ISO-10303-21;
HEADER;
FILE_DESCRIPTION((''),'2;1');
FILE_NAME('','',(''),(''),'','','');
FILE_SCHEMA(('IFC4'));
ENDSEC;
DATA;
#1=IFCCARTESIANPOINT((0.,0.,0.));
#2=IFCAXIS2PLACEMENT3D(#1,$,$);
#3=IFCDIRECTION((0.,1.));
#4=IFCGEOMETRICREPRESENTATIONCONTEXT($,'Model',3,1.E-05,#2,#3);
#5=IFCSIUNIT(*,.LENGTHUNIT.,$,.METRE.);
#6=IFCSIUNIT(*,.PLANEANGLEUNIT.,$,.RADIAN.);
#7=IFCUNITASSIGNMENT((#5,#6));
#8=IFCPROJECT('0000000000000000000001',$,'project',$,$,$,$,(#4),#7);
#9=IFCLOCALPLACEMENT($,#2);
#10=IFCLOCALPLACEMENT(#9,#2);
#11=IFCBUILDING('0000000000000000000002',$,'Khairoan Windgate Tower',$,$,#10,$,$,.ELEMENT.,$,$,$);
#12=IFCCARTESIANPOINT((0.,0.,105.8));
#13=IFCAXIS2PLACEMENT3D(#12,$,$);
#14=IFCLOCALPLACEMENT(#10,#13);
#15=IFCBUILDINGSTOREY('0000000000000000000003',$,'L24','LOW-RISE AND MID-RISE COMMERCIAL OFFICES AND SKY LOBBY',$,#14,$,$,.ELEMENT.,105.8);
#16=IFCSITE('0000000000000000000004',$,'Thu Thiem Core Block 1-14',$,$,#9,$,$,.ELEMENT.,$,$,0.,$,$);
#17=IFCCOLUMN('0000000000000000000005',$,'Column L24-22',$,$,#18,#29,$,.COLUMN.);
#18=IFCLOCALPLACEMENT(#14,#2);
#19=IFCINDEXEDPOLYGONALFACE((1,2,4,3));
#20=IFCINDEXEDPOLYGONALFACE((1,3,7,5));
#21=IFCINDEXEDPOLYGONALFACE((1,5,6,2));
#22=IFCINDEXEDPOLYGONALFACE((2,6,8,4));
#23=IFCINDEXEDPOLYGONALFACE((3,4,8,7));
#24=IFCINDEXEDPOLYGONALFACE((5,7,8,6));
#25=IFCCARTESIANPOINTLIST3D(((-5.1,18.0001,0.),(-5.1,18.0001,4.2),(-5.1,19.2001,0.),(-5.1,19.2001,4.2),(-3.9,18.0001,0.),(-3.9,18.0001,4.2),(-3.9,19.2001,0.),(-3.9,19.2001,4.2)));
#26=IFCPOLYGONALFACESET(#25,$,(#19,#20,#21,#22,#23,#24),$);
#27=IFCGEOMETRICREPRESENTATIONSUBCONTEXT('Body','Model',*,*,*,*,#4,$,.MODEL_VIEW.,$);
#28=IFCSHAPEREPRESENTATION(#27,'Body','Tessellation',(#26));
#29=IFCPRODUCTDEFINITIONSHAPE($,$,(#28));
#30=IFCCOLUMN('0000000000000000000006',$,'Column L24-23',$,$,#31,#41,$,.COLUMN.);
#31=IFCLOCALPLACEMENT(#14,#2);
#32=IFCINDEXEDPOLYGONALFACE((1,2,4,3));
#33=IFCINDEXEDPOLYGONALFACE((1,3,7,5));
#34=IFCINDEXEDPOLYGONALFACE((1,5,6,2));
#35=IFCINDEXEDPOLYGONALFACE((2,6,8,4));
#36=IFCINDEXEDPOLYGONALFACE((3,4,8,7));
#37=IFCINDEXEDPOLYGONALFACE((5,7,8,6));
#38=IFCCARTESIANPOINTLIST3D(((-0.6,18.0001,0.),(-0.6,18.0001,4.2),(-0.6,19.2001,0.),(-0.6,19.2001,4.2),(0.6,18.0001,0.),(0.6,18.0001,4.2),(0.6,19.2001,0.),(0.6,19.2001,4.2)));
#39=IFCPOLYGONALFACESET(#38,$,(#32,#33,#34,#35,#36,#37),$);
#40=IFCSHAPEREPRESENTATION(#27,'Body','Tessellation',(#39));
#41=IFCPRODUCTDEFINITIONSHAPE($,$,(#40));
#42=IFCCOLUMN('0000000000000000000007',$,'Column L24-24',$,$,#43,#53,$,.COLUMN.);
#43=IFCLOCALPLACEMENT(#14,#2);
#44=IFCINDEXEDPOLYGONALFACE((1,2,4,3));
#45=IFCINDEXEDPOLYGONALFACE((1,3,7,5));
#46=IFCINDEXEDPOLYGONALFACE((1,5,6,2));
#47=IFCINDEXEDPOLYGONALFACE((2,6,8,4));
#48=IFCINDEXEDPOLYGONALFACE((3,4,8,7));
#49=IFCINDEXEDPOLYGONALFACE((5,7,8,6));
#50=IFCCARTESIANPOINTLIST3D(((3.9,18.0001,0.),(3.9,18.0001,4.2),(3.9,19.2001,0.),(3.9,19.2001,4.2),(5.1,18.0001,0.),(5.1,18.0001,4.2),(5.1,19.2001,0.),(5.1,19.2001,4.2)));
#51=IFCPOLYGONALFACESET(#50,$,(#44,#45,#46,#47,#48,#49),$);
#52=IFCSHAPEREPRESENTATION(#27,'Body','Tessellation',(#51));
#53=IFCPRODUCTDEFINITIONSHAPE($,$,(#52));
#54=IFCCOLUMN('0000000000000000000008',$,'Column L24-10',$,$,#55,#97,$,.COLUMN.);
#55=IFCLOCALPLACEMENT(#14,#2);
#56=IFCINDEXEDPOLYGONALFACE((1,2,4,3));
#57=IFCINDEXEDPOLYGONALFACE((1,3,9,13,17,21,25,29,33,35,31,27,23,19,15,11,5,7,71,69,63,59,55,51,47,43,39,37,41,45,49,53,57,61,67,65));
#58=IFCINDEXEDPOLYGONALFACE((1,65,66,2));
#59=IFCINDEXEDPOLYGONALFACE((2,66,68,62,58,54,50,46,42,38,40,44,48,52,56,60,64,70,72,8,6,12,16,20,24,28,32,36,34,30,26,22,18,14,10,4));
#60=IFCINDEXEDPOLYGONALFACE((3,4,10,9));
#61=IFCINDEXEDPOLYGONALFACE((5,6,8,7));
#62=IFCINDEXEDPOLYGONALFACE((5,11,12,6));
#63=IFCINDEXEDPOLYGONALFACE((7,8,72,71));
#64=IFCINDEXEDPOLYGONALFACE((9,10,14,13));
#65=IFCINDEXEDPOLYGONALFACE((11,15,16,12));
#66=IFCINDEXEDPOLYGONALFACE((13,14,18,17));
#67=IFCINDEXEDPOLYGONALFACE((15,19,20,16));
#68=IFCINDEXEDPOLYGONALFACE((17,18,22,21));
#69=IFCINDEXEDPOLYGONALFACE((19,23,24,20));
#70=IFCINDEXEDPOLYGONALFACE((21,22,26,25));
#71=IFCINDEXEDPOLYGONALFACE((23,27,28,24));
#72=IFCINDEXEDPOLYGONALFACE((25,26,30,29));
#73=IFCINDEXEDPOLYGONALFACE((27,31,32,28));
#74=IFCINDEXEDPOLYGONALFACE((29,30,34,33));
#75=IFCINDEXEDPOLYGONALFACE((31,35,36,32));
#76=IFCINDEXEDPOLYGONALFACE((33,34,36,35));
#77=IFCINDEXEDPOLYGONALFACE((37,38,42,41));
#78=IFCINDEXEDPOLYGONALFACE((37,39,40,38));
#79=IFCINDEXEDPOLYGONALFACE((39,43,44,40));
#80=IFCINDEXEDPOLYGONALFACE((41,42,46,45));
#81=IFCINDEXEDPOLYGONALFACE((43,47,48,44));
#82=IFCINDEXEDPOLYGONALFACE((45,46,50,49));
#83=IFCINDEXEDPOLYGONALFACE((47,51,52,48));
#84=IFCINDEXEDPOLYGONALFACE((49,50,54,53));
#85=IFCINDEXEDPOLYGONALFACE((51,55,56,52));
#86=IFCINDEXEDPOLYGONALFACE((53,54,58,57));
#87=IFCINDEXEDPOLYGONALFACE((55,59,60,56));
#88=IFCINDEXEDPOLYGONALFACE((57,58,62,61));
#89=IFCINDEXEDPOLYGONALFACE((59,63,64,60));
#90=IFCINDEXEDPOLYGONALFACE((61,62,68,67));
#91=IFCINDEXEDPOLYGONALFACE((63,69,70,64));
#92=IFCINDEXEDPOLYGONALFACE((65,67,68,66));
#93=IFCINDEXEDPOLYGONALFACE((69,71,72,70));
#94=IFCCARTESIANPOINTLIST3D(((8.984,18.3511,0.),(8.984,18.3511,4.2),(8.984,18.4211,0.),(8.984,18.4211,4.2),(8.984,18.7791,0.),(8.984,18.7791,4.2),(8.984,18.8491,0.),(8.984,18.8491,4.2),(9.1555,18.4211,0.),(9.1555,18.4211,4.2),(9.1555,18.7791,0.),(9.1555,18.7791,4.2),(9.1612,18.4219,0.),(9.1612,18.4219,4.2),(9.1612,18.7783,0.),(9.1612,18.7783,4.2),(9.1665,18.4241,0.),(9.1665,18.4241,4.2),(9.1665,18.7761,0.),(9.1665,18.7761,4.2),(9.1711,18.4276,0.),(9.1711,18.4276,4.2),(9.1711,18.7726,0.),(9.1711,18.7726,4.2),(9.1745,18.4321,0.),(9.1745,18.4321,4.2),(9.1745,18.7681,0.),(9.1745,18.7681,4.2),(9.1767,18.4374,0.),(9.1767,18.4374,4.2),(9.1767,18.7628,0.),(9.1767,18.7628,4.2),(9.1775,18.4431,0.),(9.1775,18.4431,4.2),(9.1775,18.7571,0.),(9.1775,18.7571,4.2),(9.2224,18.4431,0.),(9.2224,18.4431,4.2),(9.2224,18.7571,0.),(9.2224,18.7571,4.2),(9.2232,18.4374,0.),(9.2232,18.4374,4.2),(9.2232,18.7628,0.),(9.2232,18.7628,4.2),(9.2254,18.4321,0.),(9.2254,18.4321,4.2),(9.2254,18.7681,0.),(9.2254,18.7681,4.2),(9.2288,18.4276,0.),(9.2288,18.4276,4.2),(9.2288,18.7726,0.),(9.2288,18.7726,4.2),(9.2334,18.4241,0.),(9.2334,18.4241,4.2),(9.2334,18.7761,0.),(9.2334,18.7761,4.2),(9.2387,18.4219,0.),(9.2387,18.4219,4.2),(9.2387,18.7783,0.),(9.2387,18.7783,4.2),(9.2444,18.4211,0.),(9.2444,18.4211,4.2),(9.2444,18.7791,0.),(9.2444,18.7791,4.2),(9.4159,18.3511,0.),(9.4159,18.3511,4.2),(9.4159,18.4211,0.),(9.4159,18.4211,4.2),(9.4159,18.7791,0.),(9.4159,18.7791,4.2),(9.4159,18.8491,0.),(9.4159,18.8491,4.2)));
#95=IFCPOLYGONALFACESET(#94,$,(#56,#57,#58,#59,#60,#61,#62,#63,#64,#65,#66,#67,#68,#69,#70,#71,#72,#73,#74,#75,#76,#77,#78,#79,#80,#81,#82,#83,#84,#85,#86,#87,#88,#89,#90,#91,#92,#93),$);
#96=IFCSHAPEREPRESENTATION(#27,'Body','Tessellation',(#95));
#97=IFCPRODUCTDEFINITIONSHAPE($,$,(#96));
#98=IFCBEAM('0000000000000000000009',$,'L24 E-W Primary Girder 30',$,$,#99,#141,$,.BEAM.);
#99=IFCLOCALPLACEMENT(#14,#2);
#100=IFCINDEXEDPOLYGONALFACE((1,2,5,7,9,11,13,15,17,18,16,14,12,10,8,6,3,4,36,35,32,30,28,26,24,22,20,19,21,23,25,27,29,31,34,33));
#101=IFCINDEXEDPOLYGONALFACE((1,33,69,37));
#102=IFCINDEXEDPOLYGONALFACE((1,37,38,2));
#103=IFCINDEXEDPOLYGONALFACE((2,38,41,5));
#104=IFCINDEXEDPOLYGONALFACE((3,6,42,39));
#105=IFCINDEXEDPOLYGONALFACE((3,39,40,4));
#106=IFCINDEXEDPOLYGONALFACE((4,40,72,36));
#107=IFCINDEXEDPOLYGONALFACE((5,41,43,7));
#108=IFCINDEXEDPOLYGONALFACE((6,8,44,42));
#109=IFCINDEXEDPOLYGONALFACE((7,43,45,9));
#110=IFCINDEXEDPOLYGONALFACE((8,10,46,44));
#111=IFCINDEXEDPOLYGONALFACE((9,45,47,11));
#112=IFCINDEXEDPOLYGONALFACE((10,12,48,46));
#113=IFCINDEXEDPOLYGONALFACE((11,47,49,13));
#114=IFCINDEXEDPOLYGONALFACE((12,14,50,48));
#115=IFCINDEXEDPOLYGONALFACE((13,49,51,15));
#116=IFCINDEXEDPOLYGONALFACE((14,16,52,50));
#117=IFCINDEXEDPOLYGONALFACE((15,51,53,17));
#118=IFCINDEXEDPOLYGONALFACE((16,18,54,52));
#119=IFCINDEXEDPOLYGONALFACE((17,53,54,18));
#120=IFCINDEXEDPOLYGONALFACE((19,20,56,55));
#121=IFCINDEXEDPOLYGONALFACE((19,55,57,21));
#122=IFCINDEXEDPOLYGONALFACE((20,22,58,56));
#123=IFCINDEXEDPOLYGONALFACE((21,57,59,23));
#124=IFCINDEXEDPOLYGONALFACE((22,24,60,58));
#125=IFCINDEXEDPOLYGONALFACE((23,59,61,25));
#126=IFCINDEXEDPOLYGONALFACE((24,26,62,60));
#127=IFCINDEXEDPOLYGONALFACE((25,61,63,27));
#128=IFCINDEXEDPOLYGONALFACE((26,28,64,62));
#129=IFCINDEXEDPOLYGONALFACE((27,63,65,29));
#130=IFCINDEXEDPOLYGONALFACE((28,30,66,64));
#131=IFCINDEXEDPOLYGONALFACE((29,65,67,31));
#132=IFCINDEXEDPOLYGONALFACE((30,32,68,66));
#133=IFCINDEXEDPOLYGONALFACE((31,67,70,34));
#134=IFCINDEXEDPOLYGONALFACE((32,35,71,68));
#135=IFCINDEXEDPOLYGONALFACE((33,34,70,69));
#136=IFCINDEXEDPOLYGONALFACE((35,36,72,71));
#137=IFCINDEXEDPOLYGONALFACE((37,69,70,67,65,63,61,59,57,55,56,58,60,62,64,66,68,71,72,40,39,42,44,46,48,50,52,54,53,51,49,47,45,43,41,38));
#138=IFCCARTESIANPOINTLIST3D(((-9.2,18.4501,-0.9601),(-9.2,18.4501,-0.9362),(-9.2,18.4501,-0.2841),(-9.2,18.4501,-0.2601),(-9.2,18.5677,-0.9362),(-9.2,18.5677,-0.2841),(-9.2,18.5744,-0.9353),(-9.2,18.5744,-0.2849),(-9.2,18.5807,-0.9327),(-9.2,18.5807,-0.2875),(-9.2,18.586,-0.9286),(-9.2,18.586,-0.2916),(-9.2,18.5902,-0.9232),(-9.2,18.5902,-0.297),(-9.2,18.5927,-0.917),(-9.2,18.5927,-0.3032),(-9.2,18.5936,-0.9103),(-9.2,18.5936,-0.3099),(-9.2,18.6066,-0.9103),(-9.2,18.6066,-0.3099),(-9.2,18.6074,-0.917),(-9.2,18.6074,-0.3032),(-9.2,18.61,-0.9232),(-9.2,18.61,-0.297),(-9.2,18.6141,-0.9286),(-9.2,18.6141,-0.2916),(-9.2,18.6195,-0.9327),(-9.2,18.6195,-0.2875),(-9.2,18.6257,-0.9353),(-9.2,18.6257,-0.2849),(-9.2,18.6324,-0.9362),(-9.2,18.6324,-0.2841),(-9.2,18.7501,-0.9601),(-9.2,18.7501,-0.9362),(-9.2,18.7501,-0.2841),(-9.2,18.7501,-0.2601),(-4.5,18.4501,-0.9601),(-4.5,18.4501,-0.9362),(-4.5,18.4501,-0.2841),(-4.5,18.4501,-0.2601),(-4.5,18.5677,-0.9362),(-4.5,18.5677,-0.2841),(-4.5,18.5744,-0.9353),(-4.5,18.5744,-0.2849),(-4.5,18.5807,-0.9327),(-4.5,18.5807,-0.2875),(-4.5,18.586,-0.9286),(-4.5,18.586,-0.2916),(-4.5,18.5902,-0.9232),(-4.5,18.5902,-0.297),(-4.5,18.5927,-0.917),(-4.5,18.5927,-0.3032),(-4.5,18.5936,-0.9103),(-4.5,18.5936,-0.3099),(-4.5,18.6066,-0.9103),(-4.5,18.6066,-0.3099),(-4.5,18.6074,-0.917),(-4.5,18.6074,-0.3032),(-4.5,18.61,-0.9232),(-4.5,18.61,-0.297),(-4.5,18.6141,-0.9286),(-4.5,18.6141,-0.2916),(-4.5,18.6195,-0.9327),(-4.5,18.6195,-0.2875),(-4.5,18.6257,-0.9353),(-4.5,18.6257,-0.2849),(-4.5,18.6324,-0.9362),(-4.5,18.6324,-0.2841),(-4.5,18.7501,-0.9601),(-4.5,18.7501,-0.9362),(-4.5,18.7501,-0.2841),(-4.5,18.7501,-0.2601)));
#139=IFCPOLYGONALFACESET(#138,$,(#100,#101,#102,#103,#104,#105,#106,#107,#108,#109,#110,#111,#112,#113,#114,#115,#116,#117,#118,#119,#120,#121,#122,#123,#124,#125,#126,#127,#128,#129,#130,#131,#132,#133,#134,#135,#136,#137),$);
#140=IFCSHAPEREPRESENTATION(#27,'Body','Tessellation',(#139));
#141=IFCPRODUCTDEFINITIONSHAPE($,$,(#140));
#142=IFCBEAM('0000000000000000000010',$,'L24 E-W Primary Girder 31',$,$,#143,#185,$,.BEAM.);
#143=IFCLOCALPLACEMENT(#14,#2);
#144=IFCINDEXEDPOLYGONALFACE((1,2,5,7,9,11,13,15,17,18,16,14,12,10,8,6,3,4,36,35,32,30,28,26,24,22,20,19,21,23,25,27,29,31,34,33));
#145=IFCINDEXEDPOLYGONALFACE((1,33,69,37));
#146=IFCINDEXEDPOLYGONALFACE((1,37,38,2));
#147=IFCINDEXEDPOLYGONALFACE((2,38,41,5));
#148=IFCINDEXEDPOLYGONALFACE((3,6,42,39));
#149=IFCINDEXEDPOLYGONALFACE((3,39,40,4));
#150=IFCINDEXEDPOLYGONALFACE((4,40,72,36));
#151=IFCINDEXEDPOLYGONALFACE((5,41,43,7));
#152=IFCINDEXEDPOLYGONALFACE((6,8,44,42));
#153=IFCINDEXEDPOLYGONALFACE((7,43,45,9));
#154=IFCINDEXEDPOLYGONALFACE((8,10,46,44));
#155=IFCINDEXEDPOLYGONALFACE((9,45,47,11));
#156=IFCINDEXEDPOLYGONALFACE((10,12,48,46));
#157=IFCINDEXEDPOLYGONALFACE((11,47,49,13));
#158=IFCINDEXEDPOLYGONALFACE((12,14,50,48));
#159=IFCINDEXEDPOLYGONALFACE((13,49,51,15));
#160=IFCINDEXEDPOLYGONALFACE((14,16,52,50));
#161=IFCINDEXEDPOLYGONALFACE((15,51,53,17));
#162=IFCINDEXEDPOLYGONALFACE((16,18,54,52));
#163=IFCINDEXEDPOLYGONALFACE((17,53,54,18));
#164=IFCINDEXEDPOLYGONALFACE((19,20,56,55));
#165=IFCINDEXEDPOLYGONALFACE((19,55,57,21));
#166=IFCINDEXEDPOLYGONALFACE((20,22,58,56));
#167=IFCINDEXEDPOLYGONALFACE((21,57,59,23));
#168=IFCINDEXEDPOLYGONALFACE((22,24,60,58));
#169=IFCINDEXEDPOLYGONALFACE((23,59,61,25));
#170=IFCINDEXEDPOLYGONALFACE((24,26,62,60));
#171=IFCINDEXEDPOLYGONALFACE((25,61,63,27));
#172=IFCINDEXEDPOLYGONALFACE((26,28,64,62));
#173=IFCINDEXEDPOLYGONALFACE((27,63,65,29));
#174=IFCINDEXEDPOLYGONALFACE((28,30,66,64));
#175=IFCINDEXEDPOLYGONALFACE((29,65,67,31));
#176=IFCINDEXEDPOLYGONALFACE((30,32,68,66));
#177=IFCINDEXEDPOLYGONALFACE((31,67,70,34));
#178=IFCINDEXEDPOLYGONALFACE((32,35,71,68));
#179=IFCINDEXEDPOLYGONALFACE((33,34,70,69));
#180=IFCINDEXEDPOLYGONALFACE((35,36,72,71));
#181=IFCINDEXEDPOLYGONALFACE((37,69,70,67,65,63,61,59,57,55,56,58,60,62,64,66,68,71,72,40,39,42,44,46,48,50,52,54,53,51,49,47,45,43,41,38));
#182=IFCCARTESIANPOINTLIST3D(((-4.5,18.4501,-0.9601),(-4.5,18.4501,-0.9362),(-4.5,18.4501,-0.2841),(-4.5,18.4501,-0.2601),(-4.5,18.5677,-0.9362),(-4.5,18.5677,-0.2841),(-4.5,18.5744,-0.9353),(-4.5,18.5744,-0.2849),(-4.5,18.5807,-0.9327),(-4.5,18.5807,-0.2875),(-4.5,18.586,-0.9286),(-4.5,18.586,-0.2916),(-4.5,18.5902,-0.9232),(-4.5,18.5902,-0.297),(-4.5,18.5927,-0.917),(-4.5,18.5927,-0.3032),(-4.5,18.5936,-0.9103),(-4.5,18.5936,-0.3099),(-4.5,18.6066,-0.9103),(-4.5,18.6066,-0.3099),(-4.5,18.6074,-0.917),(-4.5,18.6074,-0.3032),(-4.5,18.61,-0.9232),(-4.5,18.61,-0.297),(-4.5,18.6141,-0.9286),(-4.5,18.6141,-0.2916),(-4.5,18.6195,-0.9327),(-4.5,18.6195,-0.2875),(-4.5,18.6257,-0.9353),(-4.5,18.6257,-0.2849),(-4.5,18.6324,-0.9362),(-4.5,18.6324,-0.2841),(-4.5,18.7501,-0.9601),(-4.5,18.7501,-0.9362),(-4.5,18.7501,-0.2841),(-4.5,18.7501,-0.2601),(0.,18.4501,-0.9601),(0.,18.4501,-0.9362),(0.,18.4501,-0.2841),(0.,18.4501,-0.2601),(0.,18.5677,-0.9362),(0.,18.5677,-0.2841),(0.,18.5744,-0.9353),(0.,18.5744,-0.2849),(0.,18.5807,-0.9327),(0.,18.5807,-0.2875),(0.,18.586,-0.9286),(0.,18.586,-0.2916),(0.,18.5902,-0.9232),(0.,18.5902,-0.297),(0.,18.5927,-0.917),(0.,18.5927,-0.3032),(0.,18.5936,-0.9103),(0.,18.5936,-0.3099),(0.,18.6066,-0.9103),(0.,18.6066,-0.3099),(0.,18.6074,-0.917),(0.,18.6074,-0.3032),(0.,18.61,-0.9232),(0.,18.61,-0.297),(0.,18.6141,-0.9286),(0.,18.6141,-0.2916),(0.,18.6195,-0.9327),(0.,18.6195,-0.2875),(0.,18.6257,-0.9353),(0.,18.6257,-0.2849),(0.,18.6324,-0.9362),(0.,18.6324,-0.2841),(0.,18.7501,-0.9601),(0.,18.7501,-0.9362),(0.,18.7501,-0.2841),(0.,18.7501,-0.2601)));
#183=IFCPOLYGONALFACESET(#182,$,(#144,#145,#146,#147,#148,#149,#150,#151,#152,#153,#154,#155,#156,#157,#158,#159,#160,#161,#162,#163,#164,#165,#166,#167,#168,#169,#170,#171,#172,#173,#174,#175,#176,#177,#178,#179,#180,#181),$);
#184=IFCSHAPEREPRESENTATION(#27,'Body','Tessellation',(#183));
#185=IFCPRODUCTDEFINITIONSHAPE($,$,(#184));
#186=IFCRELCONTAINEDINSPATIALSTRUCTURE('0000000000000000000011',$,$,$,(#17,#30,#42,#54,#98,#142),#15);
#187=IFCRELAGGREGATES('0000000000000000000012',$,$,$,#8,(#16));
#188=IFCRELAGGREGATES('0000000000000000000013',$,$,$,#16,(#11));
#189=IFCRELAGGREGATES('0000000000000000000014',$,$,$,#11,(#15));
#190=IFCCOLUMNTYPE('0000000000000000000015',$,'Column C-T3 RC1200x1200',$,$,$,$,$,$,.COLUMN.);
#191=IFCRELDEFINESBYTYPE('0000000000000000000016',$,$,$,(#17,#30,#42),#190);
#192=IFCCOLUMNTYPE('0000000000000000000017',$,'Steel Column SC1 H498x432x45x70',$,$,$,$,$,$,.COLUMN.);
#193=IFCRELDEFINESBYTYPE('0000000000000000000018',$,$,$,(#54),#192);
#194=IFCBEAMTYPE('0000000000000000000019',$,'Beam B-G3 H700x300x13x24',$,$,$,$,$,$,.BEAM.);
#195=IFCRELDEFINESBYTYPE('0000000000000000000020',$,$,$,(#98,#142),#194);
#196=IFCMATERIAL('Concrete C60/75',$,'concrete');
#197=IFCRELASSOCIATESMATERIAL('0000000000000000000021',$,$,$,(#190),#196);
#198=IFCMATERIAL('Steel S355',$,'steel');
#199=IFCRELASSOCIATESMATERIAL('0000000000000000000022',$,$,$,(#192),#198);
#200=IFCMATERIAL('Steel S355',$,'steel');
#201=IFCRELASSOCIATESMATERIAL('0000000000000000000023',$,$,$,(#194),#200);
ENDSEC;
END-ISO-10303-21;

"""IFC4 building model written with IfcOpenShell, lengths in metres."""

from ifc_helpers import new_model, si_unit, direction, frame, origin, origin_2d, place, context, subcontext, project, spatial, rectangle, i_section, extrude, material, material_profile, profile_set, type_object, element, save


model = new_model("IFC4")

# Units and contexts
model_context = context("Model", 3, precision=1e-05, world=origin(), true_north=direction((0.0, 1.0)))
body_context = subcontext(model_context, "Body", "Model", "MODEL_VIEW")
ifc_project = project(units=[si_unit("LENGTHUNIT", "METRE"), si_unit("PLANEANGLEUNIT", "RADIAN")], contexts=[model_context])

# Site, building, storey
site_placement = place(None, origin())
site = spatial("IfcSite", under=ifc_project, at=site_placement, Name="Thu Thiem Core Block 1-14", CompositionType="ELEMENT", RefElevation=0.0)
building_placement = place(site_placement, origin())
building = spatial("IfcBuilding", under=site, at=building_placement, Name="Khairoan Windgate Tower", CompositionType="ELEMENT")
storey_placement = place(building_placement, frame((0.0, 0.0, 105.8)))
storey = spatial("IfcBuildingStorey", under=building, at=storey_placement, Name="L24", Description="LOW-RISE AND MID-RISE COMMERCIAL OFFICES AND SKY LOBBY", CompositionType="ELEMENT", Elevation=105.8)

# Columns
ifc_material_1 = material(Name="Concrete C60/75", Category="concrete")
ifc_material_profile_1 = material_profile(ifc_material_1, rectangle(XDim=1.2, YDim=1.2, at=origin_2d()))
ifc_profile_set_1 = profile_set([ifc_material_profile_1], Name="Concrete C60/75")
column_type_1 = type_object("IfcColumnType", Name="Column C-T3 RC1200x1200", PredefinedType="COLUMN", material=ifc_profile_set_1)
for number, where, z_axis, x_axis, name in (
    (1, (-4.5, 18.6001, 0.0), (0.0, 0.0, 1.0), (1.0, 0.0, 0.0), "Column L24-22"),
    (2, (0.0, 18.6001, 0.0), (0.0, 0.0, 1.0), (1.0, 0.0, 0.0), "Column L24-23"),
    (3, (4.5, 18.6001, 0.0), (0.0, 0.0, 1.0), (1.0, 0.0, 0.0), "Column L24-24"),
):
    element("IfcColumn", number, at=place(storey_placement, frame(where, z_axis=z_axis, x_axis=x_axis)), inside=storey, type_object=column_type_1, Name=name, PredefinedType="COLUMN", context=body_context, shape_type="SweptSolid", body=[
        extrude(rectangle(XDim=1.2, YDim=1.2, at=origin_2d()), origin(), (0.0, 0.0, 1.0), 4.2),
    ])
ifc_material_2 = material(Name="Steel S355", Category="steel")
ifc_material_profile_2 = material_profile(ifc_material_2, i_section(OverallWidth=0.4319, OverallDepth=0.498, WebThickness=0.0449, FlangeThickness=0.0701, FilletRadius=0.022, at=origin_2d()))
ifc_profile_set_2 = profile_set([ifc_material_profile_2], Name="Steel S355")
column_type_2 = type_object("IfcColumnType", Name="Steel Column SC1 H498x432x45x70", PredefinedType="COLUMN", material=ifc_profile_set_2)
column_placement = place(storey_placement, frame((9.2, 18.6001, 0.0), z_axis=(0.0, 0.0, 1.0), x_axis=(1.0, 0.0, 0.0)))
element("IfcColumn", 4, at=column_placement, inside=storey, type_object=column_type_2, Name="Column L24-10", PredefinedType="COLUMN", context=body_context, shape_type="SweptSolid", body=[
    extrude(i_section(OverallWidth=0.4319, OverallDepth=0.498, WebThickness=0.0449, FlangeThickness=0.0701, FilletRadius=0.022, at=origin_2d()), origin(), (0.0, 0.0, 1.0), 4.2),
])

# Beams
ifc_material_3 = material(Name="Steel S355", Category="steel")
ifc_material_profile_3 = material_profile(ifc_material_3, i_section(OverallWidth=0.3, OverallDepth=0.7, WebThickness=0.0129, FlangeThickness=0.0239, FilletRadius=0.0259, at=origin_2d()))
ifc_profile_set_3 = profile_set([ifc_material_profile_3], Name="Steel S355")
beam_type_1 = type_object("IfcBeamType", Name="Beam B-G3 H700x300x13x24", PredefinedType="BEAM", material=ifc_profile_set_3)
beam_1_placement = place(storey_placement, frame((-9.2, 18.6001, -0.6101), z_axis=(1.0, 0.0, 0.0), x_axis=(0.0, 1.0, 0.0)))
element("IfcBeam", 5, at=beam_1_placement, inside=storey, type_object=beam_type_1, Name="L24 E-W Primary Girder 30", PredefinedType="BEAM", context=body_context, shape_type="SweptSolid", body=[
    extrude(i_section(OverallWidth=0.3, OverallDepth=0.7, WebThickness=0.0129, FlangeThickness=0.0239, FilletRadius=0.0259, at=origin_2d()), origin(), (0.0, 0.0, 1.0), 4.7),
])
for number, where, z_axis, x_axis, name in (
    (6, (-4.5, 18.6001, -0.6101), (1.0, 0.0, 0.0), (0.0, 1.0, 0.0), "L24 E-W Primary Girder 31"),
):
    element("IfcBeam", number, at=place(storey_placement, frame(where, z_axis=z_axis, x_axis=x_axis)), inside=storey, type_object=beam_type_1, Name=name, PredefinedType="BEAM", context=body_context, shape_type="SweptSolid", body=[
        extrude(i_section(OverallWidth=0.3, OverallDepth=0.7, WebThickness=0.0129, FlangeThickness=0.0239, FilletRadius=0.0259, at=origin_2d()), origin(), (0.0, 0.0, 1.0), 4.5),
    ])

save(model, "model.ifc")
